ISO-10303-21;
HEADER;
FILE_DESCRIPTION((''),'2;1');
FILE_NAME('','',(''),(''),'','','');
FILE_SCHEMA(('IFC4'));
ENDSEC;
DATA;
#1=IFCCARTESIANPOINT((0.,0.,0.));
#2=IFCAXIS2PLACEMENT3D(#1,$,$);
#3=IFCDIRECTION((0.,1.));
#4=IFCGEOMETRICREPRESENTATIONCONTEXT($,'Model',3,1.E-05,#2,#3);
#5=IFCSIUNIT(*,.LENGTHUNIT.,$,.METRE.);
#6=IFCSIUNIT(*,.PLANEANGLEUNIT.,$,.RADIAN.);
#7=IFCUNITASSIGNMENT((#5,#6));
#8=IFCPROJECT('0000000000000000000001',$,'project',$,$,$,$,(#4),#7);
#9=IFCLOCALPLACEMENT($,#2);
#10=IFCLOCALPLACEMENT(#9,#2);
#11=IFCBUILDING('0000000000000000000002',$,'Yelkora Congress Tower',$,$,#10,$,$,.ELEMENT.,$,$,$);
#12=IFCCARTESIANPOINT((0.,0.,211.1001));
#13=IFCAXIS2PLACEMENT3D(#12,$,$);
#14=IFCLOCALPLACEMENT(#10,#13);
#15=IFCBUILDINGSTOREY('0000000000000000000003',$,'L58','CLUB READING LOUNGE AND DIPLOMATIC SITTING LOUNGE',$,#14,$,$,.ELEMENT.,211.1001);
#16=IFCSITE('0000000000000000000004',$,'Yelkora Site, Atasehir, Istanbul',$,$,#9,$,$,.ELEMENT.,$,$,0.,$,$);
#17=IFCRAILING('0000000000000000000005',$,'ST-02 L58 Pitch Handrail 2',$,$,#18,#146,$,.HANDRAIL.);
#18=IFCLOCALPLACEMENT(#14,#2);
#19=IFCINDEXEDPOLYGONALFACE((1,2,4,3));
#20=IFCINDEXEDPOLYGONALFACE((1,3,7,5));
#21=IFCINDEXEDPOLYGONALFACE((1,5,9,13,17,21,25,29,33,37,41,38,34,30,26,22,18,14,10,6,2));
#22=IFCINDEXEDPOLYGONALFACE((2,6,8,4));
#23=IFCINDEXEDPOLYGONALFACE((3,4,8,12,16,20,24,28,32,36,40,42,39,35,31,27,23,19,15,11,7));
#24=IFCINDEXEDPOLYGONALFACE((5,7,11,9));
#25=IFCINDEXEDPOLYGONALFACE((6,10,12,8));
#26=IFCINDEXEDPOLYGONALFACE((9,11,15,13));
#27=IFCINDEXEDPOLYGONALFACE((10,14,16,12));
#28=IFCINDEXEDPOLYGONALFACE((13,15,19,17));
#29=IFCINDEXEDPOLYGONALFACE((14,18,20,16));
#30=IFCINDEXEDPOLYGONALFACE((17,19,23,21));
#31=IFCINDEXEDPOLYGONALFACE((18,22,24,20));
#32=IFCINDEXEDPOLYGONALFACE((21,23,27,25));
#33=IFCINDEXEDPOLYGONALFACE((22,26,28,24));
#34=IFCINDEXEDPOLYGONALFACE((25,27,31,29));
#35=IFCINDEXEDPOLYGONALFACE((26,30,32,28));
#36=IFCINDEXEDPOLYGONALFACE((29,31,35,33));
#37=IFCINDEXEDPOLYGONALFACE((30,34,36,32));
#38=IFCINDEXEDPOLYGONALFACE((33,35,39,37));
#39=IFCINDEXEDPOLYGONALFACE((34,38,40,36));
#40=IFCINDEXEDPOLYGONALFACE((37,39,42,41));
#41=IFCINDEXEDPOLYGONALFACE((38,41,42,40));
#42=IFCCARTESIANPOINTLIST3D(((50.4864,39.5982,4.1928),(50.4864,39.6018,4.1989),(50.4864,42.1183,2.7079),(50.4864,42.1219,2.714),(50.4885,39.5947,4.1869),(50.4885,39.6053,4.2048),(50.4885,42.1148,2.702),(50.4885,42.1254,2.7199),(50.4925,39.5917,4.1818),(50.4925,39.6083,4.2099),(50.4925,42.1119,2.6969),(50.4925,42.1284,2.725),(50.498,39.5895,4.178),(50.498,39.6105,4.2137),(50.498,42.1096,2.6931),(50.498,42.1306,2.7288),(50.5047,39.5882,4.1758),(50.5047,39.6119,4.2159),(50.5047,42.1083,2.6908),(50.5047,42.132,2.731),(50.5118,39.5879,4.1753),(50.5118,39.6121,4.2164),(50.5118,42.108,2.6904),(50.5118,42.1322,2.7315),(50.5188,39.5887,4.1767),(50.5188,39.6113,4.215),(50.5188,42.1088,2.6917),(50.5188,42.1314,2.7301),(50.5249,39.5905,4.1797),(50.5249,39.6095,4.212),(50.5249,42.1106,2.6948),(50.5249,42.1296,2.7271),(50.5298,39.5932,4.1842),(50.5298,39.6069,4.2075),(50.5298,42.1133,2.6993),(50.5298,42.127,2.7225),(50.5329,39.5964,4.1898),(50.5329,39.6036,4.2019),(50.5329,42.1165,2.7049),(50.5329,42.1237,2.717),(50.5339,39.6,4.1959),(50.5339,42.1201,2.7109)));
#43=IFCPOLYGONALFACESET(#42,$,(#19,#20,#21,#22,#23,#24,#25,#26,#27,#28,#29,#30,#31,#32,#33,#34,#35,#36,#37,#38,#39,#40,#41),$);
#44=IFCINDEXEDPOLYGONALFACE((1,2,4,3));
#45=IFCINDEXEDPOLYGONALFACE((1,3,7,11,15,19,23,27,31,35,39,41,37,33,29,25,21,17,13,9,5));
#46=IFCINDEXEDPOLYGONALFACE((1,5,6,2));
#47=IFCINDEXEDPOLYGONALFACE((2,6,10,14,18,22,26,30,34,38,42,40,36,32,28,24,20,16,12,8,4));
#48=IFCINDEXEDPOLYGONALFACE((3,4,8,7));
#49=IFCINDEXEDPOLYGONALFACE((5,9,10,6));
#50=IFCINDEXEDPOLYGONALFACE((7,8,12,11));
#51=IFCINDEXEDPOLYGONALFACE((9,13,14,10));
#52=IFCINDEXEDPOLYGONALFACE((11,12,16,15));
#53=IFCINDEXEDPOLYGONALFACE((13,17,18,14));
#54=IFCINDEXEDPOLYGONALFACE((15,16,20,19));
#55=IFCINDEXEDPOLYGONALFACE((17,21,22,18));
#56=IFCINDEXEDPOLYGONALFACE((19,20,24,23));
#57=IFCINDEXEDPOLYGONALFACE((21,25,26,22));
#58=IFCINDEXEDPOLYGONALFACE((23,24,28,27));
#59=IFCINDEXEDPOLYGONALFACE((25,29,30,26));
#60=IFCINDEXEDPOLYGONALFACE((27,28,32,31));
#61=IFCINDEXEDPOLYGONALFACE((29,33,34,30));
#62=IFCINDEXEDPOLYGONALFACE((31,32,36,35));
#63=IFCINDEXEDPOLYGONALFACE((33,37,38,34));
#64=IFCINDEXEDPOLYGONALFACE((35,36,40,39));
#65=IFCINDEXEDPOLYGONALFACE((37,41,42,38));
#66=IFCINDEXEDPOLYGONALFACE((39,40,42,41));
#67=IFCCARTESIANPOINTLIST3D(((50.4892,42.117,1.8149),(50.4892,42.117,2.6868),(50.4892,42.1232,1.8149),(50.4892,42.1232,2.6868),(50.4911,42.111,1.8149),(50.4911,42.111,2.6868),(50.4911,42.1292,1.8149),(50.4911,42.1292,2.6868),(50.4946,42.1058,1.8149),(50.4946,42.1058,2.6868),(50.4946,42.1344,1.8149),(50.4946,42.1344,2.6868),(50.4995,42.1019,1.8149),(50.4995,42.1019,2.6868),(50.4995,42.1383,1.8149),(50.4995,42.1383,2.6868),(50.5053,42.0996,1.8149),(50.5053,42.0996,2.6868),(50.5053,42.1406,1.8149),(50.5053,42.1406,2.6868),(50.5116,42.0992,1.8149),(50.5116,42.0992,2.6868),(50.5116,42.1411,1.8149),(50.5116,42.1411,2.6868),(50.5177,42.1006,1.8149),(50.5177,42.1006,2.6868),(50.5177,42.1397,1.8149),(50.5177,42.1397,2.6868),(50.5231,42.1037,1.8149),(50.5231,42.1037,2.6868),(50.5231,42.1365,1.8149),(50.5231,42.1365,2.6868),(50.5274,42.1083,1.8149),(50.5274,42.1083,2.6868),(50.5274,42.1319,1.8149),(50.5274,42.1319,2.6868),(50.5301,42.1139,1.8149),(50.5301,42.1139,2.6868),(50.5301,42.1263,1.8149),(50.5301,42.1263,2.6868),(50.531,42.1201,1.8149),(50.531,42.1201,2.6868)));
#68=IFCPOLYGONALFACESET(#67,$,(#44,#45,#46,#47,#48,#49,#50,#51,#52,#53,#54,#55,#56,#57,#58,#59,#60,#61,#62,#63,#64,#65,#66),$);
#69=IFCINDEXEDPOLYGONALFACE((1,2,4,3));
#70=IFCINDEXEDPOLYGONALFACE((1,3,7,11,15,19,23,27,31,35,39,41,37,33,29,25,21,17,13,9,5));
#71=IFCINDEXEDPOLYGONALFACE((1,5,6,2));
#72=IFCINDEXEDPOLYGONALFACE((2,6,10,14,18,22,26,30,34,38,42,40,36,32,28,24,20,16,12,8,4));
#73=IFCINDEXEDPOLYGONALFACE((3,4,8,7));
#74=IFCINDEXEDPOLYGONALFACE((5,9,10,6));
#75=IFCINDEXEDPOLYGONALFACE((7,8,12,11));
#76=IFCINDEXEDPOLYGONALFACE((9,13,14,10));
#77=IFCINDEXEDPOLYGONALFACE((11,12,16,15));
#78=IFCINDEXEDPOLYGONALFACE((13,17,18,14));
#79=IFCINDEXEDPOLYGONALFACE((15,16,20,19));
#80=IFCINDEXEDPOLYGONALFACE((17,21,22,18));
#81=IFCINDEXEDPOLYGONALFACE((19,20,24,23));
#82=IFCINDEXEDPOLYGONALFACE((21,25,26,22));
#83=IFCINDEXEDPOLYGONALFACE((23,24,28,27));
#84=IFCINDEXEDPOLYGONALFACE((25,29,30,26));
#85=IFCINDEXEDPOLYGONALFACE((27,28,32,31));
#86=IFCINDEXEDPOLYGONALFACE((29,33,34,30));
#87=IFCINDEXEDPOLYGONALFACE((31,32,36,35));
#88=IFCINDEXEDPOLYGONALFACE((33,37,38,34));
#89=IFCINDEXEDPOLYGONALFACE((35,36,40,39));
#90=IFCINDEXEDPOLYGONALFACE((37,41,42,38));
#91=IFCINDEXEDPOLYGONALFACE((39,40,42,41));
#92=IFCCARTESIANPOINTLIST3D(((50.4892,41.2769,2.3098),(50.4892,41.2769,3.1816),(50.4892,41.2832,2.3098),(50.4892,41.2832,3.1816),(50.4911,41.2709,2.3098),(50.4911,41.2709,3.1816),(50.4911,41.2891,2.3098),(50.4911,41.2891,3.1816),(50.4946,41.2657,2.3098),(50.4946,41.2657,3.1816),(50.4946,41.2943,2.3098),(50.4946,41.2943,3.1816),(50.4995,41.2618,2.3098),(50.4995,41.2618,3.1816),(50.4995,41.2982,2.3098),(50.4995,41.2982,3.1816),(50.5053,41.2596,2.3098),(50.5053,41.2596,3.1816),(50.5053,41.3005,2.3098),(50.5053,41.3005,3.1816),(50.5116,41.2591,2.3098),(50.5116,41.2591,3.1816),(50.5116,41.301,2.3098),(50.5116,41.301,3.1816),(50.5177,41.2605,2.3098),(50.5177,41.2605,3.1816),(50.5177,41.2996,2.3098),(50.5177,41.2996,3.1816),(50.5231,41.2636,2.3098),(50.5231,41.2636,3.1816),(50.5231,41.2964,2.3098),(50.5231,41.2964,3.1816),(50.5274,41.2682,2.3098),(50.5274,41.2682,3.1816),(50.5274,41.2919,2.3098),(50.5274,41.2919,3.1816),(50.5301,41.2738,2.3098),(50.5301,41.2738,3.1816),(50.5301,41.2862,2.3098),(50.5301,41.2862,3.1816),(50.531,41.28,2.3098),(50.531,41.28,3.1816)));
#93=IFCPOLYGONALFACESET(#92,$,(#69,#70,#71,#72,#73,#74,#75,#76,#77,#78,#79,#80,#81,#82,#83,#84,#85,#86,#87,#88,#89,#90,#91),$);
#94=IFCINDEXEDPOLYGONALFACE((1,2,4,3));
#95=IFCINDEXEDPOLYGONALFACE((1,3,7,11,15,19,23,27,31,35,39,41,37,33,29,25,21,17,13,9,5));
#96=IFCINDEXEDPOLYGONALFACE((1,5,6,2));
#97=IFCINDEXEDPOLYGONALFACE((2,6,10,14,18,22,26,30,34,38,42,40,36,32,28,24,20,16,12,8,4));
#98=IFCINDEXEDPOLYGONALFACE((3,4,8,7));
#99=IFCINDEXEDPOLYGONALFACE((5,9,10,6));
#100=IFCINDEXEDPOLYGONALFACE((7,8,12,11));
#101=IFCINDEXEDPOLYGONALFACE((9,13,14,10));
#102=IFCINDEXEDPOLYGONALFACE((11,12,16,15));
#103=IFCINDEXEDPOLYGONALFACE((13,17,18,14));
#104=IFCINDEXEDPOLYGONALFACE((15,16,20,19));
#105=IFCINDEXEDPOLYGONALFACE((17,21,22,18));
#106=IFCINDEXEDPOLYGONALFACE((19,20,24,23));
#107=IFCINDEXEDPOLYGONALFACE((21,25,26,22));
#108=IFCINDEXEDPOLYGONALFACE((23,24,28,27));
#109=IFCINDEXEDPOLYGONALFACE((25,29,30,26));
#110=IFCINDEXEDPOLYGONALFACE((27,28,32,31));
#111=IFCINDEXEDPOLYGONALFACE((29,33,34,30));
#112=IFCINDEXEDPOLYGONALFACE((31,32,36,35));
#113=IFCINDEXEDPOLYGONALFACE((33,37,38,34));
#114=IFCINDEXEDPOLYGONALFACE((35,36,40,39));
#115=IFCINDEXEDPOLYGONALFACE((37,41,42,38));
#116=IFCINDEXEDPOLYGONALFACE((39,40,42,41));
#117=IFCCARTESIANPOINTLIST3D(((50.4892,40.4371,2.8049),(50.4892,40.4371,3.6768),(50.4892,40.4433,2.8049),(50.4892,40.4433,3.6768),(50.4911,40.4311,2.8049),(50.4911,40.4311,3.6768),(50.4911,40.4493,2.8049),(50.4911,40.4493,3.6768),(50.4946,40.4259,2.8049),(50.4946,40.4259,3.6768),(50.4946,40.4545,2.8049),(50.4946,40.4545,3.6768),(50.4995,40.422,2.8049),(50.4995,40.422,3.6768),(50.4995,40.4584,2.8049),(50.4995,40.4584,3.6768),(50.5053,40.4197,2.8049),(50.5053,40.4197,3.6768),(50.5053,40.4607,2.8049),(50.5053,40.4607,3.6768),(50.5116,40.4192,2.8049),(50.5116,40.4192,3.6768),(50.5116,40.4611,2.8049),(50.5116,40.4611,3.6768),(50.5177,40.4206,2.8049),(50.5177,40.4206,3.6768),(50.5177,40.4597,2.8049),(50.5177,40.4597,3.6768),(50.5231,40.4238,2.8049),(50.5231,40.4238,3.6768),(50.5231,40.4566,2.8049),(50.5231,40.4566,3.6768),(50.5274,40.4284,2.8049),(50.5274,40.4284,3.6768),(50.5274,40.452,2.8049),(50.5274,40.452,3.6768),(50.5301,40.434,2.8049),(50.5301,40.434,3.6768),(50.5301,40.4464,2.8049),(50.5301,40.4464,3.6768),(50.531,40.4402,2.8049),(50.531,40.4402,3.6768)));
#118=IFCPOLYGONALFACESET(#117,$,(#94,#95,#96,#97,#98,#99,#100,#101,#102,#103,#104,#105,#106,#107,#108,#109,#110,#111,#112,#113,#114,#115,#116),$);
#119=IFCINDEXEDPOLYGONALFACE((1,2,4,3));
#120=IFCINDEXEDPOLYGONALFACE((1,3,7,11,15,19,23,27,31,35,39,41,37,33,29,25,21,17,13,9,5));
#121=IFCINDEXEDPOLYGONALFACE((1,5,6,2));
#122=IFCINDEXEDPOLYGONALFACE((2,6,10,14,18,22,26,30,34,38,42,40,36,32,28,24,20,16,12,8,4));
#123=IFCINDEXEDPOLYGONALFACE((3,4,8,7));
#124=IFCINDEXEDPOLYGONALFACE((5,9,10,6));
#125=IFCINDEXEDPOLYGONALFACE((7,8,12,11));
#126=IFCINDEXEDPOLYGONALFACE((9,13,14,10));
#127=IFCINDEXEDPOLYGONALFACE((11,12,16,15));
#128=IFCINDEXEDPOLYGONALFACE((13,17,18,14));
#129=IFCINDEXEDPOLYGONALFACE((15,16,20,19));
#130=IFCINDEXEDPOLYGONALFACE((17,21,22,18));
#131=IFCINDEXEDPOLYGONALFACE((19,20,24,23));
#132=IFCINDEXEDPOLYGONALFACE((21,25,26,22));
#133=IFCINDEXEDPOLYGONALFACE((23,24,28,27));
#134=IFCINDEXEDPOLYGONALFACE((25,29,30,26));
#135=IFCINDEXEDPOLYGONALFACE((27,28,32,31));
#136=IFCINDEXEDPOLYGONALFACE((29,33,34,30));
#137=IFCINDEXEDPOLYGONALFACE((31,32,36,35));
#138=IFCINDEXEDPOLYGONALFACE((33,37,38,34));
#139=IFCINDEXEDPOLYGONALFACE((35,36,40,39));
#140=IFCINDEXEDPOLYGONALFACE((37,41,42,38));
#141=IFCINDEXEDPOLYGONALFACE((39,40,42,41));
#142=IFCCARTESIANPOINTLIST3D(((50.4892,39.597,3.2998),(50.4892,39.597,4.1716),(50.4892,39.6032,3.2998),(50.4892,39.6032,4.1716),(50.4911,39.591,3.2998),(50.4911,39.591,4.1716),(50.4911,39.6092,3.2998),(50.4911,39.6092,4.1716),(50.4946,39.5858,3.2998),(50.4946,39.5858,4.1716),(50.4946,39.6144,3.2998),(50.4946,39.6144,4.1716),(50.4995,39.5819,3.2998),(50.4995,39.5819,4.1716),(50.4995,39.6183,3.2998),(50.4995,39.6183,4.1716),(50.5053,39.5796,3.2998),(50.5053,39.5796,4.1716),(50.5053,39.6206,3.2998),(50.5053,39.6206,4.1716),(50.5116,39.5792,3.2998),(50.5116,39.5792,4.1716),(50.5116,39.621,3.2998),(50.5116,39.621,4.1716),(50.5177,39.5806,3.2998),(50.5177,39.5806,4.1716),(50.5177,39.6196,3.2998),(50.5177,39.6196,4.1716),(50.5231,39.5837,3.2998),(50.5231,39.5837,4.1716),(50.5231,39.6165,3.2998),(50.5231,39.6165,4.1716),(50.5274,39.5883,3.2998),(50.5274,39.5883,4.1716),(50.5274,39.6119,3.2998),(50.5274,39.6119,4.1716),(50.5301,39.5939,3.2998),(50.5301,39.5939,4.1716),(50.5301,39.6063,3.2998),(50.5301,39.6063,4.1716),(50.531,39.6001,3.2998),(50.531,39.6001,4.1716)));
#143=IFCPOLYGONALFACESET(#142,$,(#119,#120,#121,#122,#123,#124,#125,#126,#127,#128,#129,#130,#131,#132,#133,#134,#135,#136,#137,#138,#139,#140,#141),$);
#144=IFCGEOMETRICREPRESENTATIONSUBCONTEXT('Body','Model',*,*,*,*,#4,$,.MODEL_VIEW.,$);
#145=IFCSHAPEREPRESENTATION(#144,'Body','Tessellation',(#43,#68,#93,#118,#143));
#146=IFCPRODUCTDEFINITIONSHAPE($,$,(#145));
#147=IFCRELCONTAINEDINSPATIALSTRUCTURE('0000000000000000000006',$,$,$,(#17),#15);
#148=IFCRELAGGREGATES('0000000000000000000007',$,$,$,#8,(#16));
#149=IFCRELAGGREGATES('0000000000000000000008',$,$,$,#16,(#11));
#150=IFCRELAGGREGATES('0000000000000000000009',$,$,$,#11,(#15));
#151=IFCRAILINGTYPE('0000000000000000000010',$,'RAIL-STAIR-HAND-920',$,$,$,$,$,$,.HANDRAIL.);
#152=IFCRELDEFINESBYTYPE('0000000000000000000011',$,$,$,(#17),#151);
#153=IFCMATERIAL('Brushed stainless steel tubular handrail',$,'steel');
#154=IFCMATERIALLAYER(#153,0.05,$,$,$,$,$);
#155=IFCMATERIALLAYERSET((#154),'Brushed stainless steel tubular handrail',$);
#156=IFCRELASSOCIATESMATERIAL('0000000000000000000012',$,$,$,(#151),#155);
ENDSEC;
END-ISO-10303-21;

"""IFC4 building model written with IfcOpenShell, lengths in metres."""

from ifc_helpers import new_model, si_unit, direction, frame, origin, origin_2d, place, context, subcontext, project, spatial, circle, extrude, material, layer, layer_set, type_object, element, save


model = new_model("IFC4")

# Units and contexts
model_context = context("Model", 3, precision=1e-05, world=origin(), true_north=direction((0.0, 1.0)))
body_context = subcontext(model_context, "Body", "Model", "MODEL_VIEW")
ifc_project = project(units=[si_unit("LENGTHUNIT", "METRE"), si_unit("PLANEANGLEUNIT", "RADIAN")], contexts=[model_context])

# Site, building, storey
site_placement = place(None, origin())
site = spatial("IfcSite", under=ifc_project, at=site_placement, Name="Yelkora Site, Atasehir, Istanbul", CompositionType="ELEMENT", RefElevation=0.0)
building_placement = place(site_placement, origin())
building = spatial("IfcBuilding", under=site, at=building_placement, Name="Yelkora Congress Tower", CompositionType="ELEMENT")
storey_placement = place(building_placement, frame((0.0, 0.0, 211.1001)))
storey = spatial("IfcBuildingStorey", under=building, at=storey_placement, Name="L58", Description="CLUB READING LOUNGE AND DIPLOMATIC SITTING LOUNGE", CompositionType="ELEMENT", Elevation=211.1001)

# Railing
ifc_material_1 = material(Name="Brushed stainless steel tubular handrail", Category="steel")
ifc_layer_1 = layer(ifc_material_1, 0.05)
ifc_layer_set_1 = layer_set([ifc_layer_1], Name="Brushed stainless steel tubular handrail")
railing_type_1 = type_object("IfcRailingType", Name="RAIL-STAIR-HAND-920", PredefinedType="HANDRAIL", material=ifc_layer_set_1)
railing_1_placement = place(storey_placement, frame((50.51, 42.1201, 1.8149)))
element("IfcRailing", 1, at=railing_1_placement, inside=storey, type_object=railing_type_1, Name="ST-02 L58 Pitch Handrail 2", PredefinedType="HANDRAIL", context=body_context, shape_type="SweptSolid", body=[
    extrude(circle(Radius=0.0239, at=origin_2d()), frame((0.0, 0.0, 0.896), z_axis=(0.0, -0.861561, 0.507655), x_axis=(1.0, 0.0, 0.0)), (0.0, 0.0, 1.0), 2.925),
    extrude(circle(Radius=0.021, at=origin_2d()), origin(), (0.0, 0.0, 1.0), 0.8718),
    extrude(circle(Radius=0.021, at=origin_2d()), frame((0.0, -0.8401, 0.4949)), (0.0, 0.0, 1.0), 0.8718),
    extrude(circle(Radius=0.021, at=origin_2d()), frame((0.0, -1.6799, 0.99)), (0.0, 0.0, 1.0), 0.8718),
    extrude(circle(Radius=0.021, at=origin_2d()), frame((0.0, -2.52, 1.4849)), (0.0, 0.0, 1.0), 0.8718),
])

save(model, "model.ifc")
